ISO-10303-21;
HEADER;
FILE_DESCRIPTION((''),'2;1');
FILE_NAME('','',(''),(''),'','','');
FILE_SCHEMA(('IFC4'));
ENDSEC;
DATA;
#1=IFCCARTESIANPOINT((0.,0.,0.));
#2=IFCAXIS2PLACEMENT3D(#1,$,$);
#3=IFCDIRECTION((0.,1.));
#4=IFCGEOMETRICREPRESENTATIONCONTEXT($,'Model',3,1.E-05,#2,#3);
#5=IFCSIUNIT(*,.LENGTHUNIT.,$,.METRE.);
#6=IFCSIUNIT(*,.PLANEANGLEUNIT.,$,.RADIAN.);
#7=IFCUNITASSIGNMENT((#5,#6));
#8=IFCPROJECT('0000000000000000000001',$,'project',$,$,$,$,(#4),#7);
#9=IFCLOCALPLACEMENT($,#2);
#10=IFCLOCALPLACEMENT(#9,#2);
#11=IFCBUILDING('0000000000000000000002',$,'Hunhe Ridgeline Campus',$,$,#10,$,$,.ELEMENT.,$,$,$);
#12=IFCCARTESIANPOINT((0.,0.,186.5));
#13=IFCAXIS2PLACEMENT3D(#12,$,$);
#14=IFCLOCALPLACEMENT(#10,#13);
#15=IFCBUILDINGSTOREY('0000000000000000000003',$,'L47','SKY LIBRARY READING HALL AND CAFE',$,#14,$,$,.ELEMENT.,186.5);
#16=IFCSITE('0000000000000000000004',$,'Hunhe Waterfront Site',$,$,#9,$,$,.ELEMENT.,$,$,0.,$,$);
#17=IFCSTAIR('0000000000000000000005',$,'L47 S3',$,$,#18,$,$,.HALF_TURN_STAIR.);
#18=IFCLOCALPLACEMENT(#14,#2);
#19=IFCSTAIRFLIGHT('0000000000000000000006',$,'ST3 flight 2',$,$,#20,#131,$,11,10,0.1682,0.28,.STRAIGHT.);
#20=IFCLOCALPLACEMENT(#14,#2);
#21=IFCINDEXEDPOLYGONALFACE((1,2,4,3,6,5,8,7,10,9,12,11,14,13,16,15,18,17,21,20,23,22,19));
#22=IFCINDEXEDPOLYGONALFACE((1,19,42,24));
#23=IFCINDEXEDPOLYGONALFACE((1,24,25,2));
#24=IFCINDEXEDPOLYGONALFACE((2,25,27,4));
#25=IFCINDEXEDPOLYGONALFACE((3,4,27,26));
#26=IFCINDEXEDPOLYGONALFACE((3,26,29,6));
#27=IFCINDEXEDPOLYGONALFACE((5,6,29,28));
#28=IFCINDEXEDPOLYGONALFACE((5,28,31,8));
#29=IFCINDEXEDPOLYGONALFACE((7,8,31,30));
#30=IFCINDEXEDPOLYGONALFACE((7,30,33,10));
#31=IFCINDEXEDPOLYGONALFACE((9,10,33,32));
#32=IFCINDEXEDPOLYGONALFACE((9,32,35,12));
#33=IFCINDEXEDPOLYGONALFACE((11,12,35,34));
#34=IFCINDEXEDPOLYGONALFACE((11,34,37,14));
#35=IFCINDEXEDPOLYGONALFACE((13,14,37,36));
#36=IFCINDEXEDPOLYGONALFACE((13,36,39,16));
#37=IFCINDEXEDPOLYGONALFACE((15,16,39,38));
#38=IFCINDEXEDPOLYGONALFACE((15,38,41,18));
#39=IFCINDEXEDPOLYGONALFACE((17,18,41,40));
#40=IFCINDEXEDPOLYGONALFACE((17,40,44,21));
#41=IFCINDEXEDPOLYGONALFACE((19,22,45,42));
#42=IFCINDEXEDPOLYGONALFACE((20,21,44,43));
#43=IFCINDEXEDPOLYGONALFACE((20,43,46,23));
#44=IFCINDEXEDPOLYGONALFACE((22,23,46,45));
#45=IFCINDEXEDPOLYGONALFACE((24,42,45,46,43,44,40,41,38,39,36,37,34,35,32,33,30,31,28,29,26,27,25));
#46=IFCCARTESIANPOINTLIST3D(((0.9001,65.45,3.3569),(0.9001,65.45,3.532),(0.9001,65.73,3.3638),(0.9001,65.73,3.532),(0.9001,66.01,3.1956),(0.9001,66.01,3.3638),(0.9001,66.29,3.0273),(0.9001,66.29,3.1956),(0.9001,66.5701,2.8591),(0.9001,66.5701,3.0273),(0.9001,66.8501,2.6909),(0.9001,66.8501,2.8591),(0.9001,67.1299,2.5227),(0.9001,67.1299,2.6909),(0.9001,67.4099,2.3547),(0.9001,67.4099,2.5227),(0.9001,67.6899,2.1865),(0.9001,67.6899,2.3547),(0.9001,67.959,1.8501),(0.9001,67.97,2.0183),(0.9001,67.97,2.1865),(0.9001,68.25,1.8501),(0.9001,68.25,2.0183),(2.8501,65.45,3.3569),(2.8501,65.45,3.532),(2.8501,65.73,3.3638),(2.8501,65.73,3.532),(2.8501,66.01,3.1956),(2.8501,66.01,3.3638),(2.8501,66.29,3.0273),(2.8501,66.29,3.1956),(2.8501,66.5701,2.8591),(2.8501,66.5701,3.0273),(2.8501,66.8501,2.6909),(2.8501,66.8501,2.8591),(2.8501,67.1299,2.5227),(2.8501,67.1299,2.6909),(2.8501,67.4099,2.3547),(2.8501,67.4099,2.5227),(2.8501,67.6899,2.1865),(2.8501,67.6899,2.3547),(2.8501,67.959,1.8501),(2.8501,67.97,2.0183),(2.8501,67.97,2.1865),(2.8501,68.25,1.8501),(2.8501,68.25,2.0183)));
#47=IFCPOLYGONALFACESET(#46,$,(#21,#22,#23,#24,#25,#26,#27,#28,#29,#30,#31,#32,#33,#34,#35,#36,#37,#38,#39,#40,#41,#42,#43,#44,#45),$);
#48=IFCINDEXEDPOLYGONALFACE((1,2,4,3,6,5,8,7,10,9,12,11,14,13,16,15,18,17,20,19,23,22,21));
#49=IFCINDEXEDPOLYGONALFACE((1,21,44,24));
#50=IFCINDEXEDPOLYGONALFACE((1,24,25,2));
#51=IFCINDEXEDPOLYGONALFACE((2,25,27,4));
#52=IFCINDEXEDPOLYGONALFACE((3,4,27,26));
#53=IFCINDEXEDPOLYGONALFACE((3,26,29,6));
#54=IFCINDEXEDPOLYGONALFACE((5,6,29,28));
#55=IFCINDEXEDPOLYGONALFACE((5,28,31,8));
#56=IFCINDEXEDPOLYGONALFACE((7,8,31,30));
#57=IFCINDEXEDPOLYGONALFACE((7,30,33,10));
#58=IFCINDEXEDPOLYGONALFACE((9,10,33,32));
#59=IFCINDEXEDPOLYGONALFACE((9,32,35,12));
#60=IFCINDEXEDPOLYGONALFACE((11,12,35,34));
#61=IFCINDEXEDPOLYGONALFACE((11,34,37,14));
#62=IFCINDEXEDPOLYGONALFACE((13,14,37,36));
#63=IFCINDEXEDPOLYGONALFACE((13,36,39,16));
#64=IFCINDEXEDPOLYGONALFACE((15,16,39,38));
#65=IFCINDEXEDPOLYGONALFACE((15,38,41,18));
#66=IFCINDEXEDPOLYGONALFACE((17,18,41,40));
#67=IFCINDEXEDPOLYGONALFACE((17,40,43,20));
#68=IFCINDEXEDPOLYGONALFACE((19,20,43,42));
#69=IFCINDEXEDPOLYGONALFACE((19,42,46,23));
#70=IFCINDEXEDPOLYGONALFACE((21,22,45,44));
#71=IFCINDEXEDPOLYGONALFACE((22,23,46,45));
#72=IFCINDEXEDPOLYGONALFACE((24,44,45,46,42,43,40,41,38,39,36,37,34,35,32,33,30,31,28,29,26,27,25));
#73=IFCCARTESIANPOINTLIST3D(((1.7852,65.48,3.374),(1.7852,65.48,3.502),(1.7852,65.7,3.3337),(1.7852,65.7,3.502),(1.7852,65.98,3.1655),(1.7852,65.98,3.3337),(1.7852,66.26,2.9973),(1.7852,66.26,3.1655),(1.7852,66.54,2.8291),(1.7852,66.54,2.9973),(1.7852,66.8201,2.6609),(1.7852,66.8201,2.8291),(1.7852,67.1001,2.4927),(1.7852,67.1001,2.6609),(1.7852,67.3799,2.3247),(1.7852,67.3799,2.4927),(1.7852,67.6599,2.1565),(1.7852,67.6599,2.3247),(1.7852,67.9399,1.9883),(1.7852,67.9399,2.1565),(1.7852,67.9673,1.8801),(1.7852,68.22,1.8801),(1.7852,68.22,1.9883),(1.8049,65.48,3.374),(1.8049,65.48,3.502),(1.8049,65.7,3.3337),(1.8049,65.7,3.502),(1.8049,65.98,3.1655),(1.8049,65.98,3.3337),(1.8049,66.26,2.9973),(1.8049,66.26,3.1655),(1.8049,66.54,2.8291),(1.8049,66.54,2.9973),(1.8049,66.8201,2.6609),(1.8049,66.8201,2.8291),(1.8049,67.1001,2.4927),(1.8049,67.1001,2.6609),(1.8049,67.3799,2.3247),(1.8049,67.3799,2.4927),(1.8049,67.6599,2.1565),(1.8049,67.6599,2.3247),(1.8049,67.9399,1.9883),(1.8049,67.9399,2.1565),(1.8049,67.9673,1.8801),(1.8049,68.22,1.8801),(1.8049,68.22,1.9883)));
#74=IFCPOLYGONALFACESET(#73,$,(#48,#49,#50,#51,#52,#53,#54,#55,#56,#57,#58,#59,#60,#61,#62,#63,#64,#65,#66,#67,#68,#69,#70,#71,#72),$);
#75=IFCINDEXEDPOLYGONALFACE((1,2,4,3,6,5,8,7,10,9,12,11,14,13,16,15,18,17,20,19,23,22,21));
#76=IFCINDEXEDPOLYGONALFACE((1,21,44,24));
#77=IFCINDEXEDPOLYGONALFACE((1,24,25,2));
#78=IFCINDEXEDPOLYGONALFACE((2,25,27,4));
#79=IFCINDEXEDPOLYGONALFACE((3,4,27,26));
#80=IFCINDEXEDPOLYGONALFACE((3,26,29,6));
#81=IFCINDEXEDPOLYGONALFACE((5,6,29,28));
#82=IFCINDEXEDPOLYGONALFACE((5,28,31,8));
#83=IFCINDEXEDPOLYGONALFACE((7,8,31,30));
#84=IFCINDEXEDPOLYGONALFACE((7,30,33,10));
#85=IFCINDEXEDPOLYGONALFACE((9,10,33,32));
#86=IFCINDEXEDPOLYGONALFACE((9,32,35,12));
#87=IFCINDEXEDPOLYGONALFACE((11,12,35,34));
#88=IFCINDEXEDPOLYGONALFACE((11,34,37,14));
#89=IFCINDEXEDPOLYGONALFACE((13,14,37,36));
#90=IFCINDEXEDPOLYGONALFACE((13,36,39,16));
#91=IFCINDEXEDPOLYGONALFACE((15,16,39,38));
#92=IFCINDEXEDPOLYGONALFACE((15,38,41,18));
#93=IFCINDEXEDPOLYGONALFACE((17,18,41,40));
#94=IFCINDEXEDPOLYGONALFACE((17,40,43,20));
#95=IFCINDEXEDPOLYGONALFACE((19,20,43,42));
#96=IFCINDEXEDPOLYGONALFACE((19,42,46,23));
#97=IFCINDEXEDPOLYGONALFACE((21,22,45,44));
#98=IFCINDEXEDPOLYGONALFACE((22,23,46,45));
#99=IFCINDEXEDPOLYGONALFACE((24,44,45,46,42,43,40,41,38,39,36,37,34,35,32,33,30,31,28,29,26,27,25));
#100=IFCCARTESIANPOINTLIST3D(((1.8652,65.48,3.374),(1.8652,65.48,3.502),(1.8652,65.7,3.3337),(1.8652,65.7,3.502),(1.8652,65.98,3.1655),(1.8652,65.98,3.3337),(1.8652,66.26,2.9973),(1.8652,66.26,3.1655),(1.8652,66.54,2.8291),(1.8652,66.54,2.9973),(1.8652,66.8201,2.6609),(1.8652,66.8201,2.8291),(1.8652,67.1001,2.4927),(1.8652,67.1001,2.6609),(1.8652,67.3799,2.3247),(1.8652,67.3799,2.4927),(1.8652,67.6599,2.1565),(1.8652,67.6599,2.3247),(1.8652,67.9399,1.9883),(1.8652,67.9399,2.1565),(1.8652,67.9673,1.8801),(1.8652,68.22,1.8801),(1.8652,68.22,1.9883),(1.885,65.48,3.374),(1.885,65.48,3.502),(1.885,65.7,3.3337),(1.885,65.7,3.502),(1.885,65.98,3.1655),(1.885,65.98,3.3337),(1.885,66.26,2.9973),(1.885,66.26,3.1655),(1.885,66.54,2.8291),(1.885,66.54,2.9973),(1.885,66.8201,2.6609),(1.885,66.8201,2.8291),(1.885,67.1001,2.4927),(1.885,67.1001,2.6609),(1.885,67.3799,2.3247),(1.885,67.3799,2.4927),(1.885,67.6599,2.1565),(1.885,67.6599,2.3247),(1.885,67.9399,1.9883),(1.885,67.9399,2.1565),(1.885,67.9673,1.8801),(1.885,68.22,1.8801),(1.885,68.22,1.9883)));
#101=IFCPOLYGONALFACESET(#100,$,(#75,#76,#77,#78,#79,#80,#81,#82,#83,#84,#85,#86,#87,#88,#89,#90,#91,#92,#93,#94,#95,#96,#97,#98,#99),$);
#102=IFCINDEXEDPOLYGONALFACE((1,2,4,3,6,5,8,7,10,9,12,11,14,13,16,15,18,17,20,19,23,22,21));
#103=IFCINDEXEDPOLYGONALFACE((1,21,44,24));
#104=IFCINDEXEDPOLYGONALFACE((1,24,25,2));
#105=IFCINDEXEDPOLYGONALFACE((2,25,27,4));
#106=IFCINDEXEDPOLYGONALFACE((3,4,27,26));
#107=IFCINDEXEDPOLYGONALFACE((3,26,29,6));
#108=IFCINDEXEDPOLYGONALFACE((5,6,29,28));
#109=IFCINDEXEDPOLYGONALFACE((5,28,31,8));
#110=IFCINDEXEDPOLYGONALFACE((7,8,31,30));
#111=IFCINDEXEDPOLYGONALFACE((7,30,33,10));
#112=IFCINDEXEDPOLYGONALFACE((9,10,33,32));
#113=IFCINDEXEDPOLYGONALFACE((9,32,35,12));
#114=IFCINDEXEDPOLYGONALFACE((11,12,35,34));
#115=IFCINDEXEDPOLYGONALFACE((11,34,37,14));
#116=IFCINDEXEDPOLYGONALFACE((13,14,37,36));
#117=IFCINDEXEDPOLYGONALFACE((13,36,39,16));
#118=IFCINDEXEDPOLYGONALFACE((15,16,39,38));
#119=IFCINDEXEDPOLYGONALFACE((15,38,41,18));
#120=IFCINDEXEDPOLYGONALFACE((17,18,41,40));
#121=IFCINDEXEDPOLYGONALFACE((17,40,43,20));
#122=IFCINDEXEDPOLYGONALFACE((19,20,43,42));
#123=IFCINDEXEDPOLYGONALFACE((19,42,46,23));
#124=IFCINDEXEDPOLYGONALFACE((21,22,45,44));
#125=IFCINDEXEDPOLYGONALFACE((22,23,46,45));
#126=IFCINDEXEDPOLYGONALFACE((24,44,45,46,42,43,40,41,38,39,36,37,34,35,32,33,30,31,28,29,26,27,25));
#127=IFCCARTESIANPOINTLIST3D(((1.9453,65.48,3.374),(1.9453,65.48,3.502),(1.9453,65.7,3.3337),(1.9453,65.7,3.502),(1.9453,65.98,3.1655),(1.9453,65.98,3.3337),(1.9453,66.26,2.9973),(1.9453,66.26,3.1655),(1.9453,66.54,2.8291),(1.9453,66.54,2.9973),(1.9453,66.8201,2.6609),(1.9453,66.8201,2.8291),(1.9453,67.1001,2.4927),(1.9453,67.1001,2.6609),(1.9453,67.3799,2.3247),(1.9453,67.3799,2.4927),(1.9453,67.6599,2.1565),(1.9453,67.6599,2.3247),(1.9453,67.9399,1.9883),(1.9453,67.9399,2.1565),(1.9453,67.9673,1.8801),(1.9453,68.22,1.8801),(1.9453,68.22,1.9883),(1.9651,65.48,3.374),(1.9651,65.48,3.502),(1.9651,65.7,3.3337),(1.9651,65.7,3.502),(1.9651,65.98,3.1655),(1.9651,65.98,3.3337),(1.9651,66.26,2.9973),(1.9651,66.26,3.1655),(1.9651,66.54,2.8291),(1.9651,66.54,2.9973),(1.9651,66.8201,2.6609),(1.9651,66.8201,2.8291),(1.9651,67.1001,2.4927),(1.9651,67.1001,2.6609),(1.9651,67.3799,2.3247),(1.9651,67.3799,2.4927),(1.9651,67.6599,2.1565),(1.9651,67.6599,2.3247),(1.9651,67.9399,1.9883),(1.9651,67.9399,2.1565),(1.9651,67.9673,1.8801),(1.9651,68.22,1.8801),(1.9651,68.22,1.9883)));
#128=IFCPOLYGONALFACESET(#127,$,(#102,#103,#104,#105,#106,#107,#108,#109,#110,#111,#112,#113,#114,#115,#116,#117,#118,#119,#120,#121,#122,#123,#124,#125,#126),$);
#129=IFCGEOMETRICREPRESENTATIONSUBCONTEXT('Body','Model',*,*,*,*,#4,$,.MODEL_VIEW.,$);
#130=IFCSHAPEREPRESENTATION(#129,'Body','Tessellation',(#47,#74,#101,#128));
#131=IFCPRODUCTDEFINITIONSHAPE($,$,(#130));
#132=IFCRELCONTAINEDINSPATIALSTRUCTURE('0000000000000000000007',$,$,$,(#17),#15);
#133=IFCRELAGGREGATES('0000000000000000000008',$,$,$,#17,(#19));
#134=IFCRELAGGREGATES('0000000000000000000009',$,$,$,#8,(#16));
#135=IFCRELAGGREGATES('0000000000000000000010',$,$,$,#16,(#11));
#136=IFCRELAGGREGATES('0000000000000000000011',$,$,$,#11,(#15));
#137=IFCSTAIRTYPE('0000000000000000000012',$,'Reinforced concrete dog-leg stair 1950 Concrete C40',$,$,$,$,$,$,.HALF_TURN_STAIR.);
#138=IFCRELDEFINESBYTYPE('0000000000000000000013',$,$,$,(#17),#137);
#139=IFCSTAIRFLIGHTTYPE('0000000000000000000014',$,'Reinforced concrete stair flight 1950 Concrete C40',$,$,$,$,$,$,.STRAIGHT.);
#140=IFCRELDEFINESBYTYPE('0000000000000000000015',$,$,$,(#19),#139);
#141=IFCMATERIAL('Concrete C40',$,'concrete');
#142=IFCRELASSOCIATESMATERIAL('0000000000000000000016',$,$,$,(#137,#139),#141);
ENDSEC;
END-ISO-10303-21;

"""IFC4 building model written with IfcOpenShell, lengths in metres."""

from ifc_helpers import new_model, si_unit, direction, frame, origin, place, context, subcontext, project, spatial, polyline, outline, extrude, material, type_object, element, aggregate, save


model = new_model("IFC4")

# Units and contexts
model_context = context("Model", 3, precision=1e-05, world=origin(), true_north=direction((0.0, 1.0)))
body_context = subcontext(model_context, "Body", "Model", "MODEL_VIEW")
ifc_project = project(units=[si_unit("LENGTHUNIT", "METRE"), si_unit("PLANEANGLEUNIT", "RADIAN")], contexts=[model_context])

# Site, building, storey
site_placement = place(None, origin())
site = spatial("IfcSite", under=ifc_project, at=site_placement, Name="Hunhe Waterfront Site", CompositionType="ELEMENT", RefElevation=0.0)
building_placement = place(site_placement, origin())
building = spatial("IfcBuilding", under=site, at=building_placement, Name="Hunhe Ridgeline Campus", CompositionType="ELEMENT")
storey_placement = place(building_placement, frame((0.0, 0.0, 186.5)))
storey = spatial("IfcBuildingStorey", under=building, at=storey_placement, Name="L47", Description="SKY LIBRARY READING HALL AND CAFE", CompositionType="ELEMENT", Elevation=186.5)

# Stair, stair flight
ifc_material_1 = material(Name="Concrete C40", Category="concrete")
stair_type = type_object("IfcStairType", Name="Reinforced concrete dog-leg stair 1950 Concrete C40", PredefinedType="HALF_TURN_STAIR", material=ifc_material_1)
stair_1_placement = place(storey_placement, origin())
stair_1 = element("IfcStair", 1, at=stair_1_placement, inside=storey, type_object=stair_type, Name="L47 S3", PredefinedType="HALF_TURN_STAIR")
stair_flight_type = type_object("IfcStairFlightType", Name="Reinforced concrete stair flight 1950 Concrete C40", PredefinedType="STRAIGHT", material=ifc_material_1)
stair_flight_1_placement = place(storey_placement, frame((1.875, 68.25, 1.8501), z_axis=(0.0, 0.0, 1.0), x_axis=(0.0, -1.0, 0.0)))
stair_flight_1 = element("IfcStairFlight", 2, at=stair_flight_1_placement, type_object=stair_flight_type, Name="ST3 flight 2", NumberOfRisers=11, NumberOfTreads=10, PredefinedType="STRAIGHT", RiserHeight=0.1682, TreadLength=0.28, context=body_context, shape_type="SweptSolid", body=[
    extrude(outline(polyline([(0.0, 0.0), (0.0, 0.1682), (0.28, 0.1682), (0.28, 0.3364), (0.5601, 0.3364), (0.5601, 0.5046), (0.8401, 0.5046), (0.8401, 0.6726), (1.1201, 0.6726), (1.1201, 0.8408), (1.3999, 0.8408), (1.3999, 1.009), (1.6799, 1.009), (1.6799, 1.1772), (1.96, 1.1772), (1.96, 1.3455), (2.24, 1.3455), (2.24, 1.5137), (2.52, 1.5137), (2.52, 1.6819), (2.8, 1.6819), (2.8, 1.8501), (2.8, 1.5068), (0.291, 0.0), (0.0, 0.0)])), frame((0.0, 0.9751, 0.0), z_axis=(0.0, -1.0, 0.0), x_axis=(1.0, 0.0, 0.0)), (0.0, 0.0, 1.0), 1.95),
    extrude(outline(polyline([(0.03, 0.03), (0.03, 0.1382), (0.3101, 0.1382), (0.3101, 0.3064), (0.5901, 0.3064), (0.5901, 0.4746), (0.8701, 0.4746), (0.8701, 0.6426), (1.1499, 0.6426), (1.1499, 0.8108), (1.4299, 0.8108), (1.4299, 0.979), (1.71, 0.979), (1.71, 1.1472), (1.99, 1.1472), (1.99, 1.3154), (2.27, 1.3154), (2.27, 1.4836), (2.55, 1.4836), (2.55, 1.6519), (2.77, 1.6519), (2.77, 1.5239), (0.2827, 0.03), (0.03, 0.03)])), frame((0.0, -0.0701, 0.0), z_axis=(0.0, -1.0, 0.0), x_axis=(1.0, 0.0, 0.0)), (0.0, 0.0, 1.0), 0.0198),
    extrude(outline(polyline([(0.03, 0.03), (0.03, 0.1382), (0.3101, 0.1382), (0.3101, 0.3064), (0.5901, 0.3064), (0.5901, 0.4746), (0.8701, 0.4746), (0.8701, 0.6426), (1.1499, 0.6426), (1.1499, 0.8108), (1.4299, 0.8108), (1.4299, 0.979), (1.71, 0.979), (1.71, 1.1472), (1.99, 1.1472), (1.99, 1.3154), (2.27, 1.3154), (2.27, 1.4836), (2.55, 1.4836), (2.55, 1.6519), (2.77, 1.6519), (2.77, 1.5239), (0.2827, 0.03), (0.03, 0.03)])), frame((0.0, 0.01, 0.0), z_axis=(0.0, -1.0, 0.0), x_axis=(1.0, 0.0, 0.0)), (0.0, 0.0, 1.0), 0.0198),
    extrude(outline(polyline([(0.03, 0.03), (0.03, 0.1382), (0.3101, 0.1382), (0.3101, 0.3064), (0.5901, 0.3064), (0.5901, 0.4746), (0.8701, 0.4746), (0.8701, 0.6426), (1.1499, 0.6426), (1.1499, 0.8108), (1.4299, 0.8108), (1.4299, 0.979), (1.71, 0.979), (1.71, 1.1472), (1.99, 1.1472), (1.99, 1.3154), (2.27, 1.3154), (2.27, 1.4836), (2.55, 1.4836), (2.55, 1.6519), (2.77, 1.6519), (2.77, 1.5239), (0.2827, 0.03), (0.03, 0.03)])), frame((0.0, 0.0901, 0.0), z_axis=(0.0, -1.0, 0.0), x_axis=(1.0, 0.0, 0.0)), (0.0, 0.0, 1.0), 0.0198),
])
aggregate(stair_1, [stair_flight_1])

save(model, "model.ifc")
